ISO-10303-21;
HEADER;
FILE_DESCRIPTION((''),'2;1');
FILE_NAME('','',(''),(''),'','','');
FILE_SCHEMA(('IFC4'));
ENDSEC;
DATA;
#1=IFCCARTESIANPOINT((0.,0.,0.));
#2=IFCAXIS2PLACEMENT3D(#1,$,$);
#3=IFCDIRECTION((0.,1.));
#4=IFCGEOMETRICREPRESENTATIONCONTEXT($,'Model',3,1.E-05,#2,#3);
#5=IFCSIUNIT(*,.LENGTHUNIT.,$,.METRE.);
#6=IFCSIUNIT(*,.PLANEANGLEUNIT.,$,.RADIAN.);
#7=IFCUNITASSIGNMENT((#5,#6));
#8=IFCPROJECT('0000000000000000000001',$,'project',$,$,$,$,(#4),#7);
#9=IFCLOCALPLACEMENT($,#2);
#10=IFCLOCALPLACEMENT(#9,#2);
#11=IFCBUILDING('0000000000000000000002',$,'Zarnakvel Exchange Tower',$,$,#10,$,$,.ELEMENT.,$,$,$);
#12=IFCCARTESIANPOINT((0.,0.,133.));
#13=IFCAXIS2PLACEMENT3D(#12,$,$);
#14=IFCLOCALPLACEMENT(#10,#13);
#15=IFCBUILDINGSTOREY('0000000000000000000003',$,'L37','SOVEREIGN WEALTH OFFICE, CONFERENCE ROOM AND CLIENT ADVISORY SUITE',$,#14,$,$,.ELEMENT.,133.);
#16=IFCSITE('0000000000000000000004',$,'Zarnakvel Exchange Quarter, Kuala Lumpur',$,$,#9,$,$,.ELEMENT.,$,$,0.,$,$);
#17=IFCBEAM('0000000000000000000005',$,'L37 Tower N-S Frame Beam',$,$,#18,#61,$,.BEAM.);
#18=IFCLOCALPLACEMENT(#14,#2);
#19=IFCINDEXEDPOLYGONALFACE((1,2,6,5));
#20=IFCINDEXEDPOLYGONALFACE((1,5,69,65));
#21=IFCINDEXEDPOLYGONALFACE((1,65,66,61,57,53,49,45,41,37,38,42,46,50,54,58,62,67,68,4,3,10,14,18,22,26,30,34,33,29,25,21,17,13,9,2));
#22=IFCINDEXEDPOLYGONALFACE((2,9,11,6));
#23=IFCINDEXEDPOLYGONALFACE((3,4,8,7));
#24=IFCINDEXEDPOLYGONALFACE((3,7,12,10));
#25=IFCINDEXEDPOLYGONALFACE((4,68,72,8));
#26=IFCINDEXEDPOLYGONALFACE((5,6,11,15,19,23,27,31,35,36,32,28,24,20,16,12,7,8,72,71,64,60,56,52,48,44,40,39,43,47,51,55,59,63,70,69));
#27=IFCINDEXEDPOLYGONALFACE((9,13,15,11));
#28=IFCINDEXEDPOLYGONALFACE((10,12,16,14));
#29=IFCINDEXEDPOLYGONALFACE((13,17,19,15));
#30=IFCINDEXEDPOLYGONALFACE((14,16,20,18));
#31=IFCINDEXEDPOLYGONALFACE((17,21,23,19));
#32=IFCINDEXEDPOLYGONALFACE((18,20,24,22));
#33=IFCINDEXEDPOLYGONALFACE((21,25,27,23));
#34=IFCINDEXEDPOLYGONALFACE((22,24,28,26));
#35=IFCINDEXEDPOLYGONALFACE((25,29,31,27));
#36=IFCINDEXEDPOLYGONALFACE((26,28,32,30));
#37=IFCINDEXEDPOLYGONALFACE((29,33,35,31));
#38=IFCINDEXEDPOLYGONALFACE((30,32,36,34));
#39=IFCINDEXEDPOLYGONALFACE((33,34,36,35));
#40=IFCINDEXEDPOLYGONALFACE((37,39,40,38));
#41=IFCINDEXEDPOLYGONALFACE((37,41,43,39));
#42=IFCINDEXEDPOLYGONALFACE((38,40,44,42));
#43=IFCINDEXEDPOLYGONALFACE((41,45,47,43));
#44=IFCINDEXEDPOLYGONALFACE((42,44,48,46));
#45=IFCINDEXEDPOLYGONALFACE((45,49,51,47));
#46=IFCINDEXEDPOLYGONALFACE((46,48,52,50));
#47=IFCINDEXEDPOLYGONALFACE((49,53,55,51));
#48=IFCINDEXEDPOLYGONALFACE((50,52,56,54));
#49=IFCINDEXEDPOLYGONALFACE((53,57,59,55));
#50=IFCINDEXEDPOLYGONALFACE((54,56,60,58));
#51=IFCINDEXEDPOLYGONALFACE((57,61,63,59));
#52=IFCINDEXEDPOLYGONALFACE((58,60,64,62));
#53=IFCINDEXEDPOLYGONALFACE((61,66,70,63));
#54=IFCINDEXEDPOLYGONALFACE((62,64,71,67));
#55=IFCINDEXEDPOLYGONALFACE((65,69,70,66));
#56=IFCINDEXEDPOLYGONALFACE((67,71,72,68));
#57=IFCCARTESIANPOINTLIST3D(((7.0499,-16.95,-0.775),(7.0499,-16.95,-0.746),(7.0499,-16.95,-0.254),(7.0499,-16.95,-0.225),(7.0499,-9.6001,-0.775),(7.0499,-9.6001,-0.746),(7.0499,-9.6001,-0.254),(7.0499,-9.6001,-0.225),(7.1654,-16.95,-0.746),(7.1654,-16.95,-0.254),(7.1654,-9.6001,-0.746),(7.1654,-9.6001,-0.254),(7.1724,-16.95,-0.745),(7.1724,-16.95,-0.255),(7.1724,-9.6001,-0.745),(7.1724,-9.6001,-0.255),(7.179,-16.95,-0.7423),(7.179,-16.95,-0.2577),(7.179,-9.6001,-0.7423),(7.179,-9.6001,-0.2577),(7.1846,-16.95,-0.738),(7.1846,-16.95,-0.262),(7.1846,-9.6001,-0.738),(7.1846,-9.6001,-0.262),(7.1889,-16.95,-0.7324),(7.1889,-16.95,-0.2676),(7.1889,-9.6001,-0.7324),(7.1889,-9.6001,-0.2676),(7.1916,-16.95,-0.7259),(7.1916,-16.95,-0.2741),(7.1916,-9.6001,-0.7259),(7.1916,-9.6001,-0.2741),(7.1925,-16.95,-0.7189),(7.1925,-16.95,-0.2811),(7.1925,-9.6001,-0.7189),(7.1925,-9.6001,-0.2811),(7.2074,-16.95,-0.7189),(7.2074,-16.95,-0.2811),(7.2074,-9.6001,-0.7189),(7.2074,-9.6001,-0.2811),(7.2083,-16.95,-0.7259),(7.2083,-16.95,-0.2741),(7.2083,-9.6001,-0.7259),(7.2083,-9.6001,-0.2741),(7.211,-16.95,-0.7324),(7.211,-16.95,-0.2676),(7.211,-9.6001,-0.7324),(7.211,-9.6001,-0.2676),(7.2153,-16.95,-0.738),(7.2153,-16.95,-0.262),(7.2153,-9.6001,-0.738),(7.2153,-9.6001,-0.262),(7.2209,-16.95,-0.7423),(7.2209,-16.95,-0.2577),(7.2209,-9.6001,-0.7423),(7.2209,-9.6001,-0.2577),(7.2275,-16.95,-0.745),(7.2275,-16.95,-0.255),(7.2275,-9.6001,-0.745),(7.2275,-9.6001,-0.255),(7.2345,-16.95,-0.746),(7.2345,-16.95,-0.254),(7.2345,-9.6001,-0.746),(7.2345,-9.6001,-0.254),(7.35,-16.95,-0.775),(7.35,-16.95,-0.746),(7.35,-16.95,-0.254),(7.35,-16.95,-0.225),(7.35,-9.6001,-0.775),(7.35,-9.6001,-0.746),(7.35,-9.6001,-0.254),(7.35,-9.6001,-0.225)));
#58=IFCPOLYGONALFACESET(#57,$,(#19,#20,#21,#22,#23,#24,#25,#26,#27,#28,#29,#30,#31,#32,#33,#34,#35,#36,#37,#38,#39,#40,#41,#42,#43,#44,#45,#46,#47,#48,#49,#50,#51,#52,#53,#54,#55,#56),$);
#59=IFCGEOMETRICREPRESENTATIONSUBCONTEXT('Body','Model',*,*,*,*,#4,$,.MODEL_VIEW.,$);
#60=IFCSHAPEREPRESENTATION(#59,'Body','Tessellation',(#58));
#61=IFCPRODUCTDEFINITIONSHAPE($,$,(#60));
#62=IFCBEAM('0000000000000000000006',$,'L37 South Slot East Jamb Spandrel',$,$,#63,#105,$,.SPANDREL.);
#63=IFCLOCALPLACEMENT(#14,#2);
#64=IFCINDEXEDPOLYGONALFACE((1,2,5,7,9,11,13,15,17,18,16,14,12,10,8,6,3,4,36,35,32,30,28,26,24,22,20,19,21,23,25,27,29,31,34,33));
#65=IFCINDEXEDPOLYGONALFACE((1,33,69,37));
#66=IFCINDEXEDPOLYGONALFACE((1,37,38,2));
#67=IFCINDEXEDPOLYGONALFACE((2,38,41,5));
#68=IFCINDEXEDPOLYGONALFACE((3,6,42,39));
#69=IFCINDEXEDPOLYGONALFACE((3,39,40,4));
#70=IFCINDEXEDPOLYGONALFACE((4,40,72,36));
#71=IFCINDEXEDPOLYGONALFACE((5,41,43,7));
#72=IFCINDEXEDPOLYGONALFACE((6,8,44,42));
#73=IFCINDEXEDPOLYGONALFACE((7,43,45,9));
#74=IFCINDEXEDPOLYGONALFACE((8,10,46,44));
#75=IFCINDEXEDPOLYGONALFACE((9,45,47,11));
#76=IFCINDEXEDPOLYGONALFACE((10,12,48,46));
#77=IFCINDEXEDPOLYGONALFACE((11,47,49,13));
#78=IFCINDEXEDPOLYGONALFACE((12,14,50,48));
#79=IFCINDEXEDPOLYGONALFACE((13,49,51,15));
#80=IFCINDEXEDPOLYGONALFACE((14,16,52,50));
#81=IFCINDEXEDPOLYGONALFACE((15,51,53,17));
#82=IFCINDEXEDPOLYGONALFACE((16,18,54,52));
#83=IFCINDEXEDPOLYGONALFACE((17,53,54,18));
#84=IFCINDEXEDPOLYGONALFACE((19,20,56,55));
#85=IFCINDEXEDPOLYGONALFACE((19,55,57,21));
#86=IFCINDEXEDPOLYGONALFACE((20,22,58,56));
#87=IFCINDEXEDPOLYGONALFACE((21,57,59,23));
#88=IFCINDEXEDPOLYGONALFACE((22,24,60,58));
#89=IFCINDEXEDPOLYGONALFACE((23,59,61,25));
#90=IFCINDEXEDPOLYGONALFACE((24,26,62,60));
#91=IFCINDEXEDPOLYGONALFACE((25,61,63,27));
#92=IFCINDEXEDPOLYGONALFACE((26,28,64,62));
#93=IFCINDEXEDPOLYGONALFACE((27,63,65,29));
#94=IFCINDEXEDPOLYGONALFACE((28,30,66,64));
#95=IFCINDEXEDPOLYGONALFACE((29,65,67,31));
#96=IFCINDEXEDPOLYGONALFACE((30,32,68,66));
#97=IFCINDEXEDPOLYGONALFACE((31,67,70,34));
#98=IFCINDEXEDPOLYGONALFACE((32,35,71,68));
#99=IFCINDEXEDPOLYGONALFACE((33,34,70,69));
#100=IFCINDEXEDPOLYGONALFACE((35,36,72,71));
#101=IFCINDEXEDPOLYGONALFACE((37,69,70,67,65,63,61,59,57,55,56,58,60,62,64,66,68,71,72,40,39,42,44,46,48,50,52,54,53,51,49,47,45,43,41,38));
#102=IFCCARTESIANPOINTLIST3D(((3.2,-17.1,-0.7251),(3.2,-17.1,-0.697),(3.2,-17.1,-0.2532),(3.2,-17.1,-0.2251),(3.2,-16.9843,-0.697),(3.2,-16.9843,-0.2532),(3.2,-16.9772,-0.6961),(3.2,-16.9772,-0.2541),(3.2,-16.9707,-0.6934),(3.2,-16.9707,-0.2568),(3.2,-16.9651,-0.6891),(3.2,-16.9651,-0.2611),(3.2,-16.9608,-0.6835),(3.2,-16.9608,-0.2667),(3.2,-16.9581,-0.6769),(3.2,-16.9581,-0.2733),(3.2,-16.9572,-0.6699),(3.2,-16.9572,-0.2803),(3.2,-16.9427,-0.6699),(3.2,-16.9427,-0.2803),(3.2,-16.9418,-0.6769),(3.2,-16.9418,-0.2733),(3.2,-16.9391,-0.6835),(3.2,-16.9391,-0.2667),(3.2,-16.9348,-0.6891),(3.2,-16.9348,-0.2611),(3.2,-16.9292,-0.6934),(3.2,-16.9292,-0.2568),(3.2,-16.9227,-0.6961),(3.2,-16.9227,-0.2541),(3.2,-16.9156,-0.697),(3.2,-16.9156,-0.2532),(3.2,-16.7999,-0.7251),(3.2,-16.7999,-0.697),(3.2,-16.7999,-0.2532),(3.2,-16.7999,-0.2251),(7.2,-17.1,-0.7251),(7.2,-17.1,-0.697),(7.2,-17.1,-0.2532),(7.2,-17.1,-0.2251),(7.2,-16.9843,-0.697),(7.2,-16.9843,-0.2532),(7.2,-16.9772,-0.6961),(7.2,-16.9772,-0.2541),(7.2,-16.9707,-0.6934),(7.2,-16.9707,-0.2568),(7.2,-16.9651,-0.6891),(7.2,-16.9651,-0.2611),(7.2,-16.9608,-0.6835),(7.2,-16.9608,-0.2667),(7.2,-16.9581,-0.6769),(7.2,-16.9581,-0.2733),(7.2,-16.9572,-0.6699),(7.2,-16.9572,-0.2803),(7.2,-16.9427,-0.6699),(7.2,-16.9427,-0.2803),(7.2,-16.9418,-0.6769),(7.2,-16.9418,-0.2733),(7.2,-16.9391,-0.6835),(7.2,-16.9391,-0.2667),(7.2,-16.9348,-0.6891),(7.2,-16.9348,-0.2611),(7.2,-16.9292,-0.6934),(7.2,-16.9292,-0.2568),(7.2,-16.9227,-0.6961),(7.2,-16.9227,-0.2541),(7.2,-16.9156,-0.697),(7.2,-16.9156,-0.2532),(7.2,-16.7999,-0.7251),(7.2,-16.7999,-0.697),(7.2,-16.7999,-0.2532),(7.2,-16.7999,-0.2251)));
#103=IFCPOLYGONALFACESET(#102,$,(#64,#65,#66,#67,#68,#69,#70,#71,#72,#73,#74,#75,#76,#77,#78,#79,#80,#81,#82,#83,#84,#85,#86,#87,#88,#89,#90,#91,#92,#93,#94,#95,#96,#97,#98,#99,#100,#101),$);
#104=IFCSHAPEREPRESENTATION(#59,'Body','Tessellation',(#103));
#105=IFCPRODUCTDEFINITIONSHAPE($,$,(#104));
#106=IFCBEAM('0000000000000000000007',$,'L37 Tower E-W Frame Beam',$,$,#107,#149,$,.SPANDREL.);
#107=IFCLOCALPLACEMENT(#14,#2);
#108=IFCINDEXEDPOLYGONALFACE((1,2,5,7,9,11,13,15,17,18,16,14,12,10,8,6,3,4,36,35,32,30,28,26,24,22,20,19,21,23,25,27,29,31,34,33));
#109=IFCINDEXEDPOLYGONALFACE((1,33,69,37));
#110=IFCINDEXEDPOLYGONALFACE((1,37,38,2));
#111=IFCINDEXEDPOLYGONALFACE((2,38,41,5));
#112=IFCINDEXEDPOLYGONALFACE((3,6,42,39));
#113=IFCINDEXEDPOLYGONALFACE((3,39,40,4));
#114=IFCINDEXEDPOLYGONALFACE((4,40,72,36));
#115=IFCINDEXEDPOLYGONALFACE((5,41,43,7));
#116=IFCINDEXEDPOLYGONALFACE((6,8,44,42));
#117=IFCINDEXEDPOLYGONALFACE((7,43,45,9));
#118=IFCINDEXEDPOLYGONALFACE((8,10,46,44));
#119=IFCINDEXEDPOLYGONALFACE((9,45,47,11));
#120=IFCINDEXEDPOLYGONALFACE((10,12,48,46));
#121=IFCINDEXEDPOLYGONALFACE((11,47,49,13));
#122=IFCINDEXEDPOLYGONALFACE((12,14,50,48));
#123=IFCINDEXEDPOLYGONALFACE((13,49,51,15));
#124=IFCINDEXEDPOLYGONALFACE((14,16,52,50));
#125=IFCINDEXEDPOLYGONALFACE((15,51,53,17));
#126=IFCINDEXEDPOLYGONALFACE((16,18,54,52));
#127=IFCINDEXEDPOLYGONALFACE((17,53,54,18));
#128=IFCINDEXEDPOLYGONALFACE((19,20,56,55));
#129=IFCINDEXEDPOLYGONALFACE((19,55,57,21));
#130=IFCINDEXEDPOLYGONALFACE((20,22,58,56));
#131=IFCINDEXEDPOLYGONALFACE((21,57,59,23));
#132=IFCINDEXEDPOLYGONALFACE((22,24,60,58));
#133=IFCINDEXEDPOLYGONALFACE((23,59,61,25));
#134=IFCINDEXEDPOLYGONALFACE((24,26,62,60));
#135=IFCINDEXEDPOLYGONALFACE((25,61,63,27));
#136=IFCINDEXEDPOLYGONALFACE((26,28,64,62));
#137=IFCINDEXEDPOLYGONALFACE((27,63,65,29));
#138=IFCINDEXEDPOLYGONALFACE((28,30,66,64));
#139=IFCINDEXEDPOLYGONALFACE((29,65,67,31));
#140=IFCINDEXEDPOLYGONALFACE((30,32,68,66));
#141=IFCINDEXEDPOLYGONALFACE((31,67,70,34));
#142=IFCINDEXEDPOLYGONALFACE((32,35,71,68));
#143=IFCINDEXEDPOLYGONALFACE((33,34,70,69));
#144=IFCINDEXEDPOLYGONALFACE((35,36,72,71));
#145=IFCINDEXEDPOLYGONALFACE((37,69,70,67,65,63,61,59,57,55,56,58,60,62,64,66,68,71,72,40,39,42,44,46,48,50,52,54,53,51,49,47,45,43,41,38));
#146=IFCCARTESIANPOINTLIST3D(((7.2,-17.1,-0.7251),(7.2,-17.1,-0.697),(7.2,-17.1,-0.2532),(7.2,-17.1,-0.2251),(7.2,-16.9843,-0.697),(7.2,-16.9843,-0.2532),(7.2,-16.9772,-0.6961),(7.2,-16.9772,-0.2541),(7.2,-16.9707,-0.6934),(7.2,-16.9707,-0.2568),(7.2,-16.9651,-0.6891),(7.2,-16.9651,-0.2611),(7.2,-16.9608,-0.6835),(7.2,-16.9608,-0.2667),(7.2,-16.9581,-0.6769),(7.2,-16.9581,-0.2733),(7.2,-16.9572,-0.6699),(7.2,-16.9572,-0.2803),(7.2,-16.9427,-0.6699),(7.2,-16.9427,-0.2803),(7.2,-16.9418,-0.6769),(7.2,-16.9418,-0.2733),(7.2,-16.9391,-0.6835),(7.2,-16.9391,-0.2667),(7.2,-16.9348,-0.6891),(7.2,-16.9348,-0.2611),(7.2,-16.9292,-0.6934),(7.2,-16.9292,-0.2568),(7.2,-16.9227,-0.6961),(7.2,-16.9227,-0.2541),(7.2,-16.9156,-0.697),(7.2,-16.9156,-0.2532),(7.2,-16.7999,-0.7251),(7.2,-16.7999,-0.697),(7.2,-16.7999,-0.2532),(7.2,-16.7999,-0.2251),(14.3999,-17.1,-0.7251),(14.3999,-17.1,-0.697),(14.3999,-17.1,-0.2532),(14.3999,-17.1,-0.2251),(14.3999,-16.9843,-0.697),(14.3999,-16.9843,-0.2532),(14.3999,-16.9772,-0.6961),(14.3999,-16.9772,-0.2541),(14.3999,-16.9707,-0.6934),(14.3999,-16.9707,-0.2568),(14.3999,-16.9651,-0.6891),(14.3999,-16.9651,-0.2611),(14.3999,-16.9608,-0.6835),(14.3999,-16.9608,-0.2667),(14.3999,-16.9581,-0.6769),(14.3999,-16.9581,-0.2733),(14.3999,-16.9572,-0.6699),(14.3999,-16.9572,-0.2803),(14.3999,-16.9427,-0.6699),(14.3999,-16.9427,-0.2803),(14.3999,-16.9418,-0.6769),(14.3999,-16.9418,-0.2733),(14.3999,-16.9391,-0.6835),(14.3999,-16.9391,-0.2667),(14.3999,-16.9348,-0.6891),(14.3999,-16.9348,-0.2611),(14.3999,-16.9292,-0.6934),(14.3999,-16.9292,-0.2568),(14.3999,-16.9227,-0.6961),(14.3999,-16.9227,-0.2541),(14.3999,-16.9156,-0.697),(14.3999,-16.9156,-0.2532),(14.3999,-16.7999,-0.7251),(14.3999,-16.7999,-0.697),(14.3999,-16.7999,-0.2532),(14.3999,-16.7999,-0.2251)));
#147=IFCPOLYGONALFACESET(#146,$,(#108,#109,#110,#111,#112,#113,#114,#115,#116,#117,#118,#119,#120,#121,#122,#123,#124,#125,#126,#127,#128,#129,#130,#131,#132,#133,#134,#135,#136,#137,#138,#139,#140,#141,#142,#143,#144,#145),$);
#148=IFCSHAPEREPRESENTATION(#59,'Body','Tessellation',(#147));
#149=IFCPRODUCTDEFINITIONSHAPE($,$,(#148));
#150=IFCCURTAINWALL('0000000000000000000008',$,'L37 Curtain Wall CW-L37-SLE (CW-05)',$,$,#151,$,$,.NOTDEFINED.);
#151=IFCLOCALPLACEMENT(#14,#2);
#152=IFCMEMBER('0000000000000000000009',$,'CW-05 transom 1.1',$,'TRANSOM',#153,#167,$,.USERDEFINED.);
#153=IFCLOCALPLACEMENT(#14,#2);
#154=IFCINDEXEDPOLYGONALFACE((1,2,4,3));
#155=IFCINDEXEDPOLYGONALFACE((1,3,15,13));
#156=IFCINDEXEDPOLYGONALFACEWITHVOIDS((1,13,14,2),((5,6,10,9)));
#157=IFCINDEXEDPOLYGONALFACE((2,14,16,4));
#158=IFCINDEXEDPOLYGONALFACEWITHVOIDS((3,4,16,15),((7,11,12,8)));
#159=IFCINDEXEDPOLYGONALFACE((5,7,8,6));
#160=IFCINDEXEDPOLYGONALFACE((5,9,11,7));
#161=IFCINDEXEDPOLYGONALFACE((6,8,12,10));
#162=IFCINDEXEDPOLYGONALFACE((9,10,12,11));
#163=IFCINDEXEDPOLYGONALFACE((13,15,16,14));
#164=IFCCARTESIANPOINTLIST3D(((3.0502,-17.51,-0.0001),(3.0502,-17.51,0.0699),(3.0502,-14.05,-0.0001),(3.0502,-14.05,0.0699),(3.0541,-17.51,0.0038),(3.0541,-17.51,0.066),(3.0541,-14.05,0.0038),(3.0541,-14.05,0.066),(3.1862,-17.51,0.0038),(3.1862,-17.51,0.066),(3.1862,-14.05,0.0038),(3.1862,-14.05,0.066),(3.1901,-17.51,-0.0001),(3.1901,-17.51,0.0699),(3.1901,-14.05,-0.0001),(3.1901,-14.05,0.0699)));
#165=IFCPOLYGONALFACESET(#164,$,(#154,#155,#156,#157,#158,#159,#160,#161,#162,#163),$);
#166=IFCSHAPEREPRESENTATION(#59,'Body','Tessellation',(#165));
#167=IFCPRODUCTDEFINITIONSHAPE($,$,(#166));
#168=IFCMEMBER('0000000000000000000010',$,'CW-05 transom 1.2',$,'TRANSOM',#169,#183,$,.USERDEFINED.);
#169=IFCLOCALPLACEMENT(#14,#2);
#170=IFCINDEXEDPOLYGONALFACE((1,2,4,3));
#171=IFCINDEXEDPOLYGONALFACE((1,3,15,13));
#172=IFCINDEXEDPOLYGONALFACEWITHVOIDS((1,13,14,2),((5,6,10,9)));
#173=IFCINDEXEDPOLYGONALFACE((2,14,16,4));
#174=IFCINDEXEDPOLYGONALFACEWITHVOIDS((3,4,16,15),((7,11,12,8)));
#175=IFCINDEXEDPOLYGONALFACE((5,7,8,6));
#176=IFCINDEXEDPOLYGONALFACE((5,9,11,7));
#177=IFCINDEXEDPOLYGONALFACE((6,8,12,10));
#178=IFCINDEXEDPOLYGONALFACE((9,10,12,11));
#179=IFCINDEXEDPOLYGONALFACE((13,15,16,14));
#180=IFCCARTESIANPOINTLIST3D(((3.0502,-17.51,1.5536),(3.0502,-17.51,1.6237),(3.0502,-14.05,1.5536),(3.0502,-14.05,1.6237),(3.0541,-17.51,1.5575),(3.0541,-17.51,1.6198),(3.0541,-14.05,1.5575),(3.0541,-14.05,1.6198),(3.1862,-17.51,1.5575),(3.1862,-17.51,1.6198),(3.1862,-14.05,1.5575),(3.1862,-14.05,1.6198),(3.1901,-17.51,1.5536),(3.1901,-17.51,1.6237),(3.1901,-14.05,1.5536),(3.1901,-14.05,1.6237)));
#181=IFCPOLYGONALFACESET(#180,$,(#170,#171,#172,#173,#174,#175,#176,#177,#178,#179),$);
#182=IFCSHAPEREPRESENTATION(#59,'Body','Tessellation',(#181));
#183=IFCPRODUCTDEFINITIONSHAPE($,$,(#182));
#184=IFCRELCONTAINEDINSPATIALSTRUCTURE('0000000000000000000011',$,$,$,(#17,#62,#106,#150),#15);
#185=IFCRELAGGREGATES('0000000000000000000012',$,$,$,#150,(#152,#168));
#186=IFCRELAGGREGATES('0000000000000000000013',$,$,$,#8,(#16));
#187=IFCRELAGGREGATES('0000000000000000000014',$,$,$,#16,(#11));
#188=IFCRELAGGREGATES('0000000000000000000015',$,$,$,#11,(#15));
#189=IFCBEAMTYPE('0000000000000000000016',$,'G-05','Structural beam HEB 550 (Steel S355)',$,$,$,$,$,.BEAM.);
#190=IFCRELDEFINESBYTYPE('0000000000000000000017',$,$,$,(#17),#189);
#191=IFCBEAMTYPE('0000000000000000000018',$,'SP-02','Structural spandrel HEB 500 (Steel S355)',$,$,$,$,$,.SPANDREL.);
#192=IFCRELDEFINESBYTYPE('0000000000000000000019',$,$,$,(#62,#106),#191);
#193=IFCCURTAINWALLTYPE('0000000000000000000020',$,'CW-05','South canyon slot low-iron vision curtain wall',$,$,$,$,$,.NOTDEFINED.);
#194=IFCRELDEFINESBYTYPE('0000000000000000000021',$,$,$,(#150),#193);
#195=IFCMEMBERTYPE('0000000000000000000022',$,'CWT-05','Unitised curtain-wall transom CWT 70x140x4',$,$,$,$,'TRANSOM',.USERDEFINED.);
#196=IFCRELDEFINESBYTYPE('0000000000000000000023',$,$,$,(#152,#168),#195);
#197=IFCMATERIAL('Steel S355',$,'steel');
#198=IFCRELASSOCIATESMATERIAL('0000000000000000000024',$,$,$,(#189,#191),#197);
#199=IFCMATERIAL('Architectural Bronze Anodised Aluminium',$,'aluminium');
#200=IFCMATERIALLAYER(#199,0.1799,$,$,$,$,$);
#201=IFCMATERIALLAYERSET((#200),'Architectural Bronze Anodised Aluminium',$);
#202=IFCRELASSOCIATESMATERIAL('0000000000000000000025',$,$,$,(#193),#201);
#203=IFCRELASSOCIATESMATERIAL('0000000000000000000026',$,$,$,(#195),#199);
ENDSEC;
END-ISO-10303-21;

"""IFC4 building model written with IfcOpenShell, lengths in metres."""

from ifc_helpers import new_model, si_unit, direction, frame, origin, origin_2d, place, context, subcontext, project, spatial, hollow_rectangle, i_section, extrude, source, transform, mapped, material, layer, layer_set, material_profile, profile_set, type_object, element, aggregate, save


model = new_model("IFC4")

# Units and contexts
model_context = context("Model", 3, precision=1e-05, world=origin(), true_north=direction((0.0, 1.0)))
body_context = subcontext(model_context, "Body", "Model", "MODEL_VIEW")
ifc_project = project(units=[si_unit("LENGTHUNIT", "METRE"), si_unit("PLANEANGLEUNIT", "RADIAN")], contexts=[model_context])

# Site, building, storey
site_placement = place(None, origin())
site = spatial("IfcSite", under=ifc_project, at=site_placement, Name="Zarnakvel Exchange Quarter, Kuala Lumpur", CompositionType="ELEMENT", RefElevation=0.0)
building_placement = place(site_placement, origin())
building = spatial("IfcBuilding", under=site, at=building_placement, Name="Zarnakvel Exchange Tower", CompositionType="ELEMENT")
storey_placement = place(building_placement, frame((0.0, 0.0, 133.0)))
storey = spatial("IfcBuildingStorey", under=building, at=storey_placement, Name="L37", Description="SOVEREIGN WEALTH OFFICE, CONFERENCE ROOM AND CLIENT ADVISORY SUITE", CompositionType="ELEMENT", Elevation=133.0)

# Beams
ifc_material_1 = material(Name="Steel S355", Category="steel")
ifc_material_profile_1 = material_profile(ifc_material_1, i_section(OverallWidth=0.3, OverallDepth=0.55, WebThickness=0.0149, FlangeThickness=0.0291, FilletRadius=0.0271, at=origin_2d()))
ifc_profile_set_1 = profile_set([ifc_material_profile_1], Name="Steel S355")
beam_type_1 = type_object("IfcBeamType", Name="G-05", Description="Structural beam HEB 550 (Steel S355)", PredefinedType="BEAM", material=ifc_profile_set_1)
beam_1_placement = place(storey_placement, frame((7.2, -16.95, -0.5), z_axis=(0.0, 1.0, 0.0), x_axis=(-1.0, 0.0, 0.0)))
element("IfcBeam", 1, at=beam_1_placement, inside=storey, type_object=beam_type_1, Name="L37 Tower N-S Frame Beam", PredefinedType="BEAM", context=body_context, shape_type="SweptSolid", body=[
    extrude(i_section(OverallWidth=0.3, OverallDepth=0.55, WebThickness=0.0149, FlangeThickness=0.0291, FilletRadius=0.0271, at=origin_2d()), origin(), (0.0, 0.0, 1.0), 7.3499),
])
ifc_material_profile_2 = material_profile(ifc_material_1, i_section(OverallWidth=0.3, OverallDepth=0.5, WebThickness=0.0144, FlangeThickness=0.0281, FilletRadius=0.0271, at=origin_2d()))
ifc_profile_set_2 = profile_set([ifc_material_profile_2], Name="Steel S355")
beam_type_2 = type_object("IfcBeamType", Name="SP-02", Description="Structural spandrel HEB 500 (Steel S355)", PredefinedType="SPANDREL", material=ifc_profile_set_2)
beam_2_placement = place(storey_placement, frame((3.2, -16.95, -0.4751), z_axis=(1.0, 0.0, 0.0), x_axis=(0.0, 1.0, 0.0)))
element("IfcBeam", 2, at=beam_2_placement, inside=storey, type_object=beam_type_2, Name="L37 South Slot East Jamb Spandrel", PredefinedType="SPANDREL", context=body_context, shape_type="SweptSolid", body=[
    extrude(i_section(OverallWidth=0.3, OverallDepth=0.5, WebThickness=0.0144, FlangeThickness=0.0281, FilletRadius=0.0271, at=origin_2d()), origin(), (0.0, 0.0, 1.0), 4.0),
])
beam_3_placement = place(storey_placement, frame((7.2, -16.95, -0.4751), z_axis=(1.0, 0.0, 0.0), x_axis=(0.0, 1.0, 0.0)))
element("IfcBeam", 3, at=beam_3_placement, inside=storey, type_object=beam_type_2, Name="L37 Tower E-W Frame Beam", PredefinedType="SPANDREL", context=body_context, shape_type="SweptSolid", body=[
    extrude(i_section(OverallWidth=0.3, OverallDepth=0.5, WebThickness=0.0144, FlangeThickness=0.0281, FilletRadius=0.0271, at=origin_2d()), origin(), (0.0, 0.0, 1.0), 7.2),
])

# Curtain wall, members
ifc_material_2 = material(Name="Architectural Bronze Anodised Aluminium", Category="aluminium")
ifc_layer_1 = layer(ifc_material_2, 0.1799)
ifc_layer_set_1 = layer_set([ifc_layer_1], Name="Architectural Bronze Anodised Aluminium")
curtain_wall_type = type_object("IfcCurtainWallType", Name="CW-05", Description="South canyon slot low-iron vision curtain wall", PredefinedType="NOTDEFINED", material=ifc_layer_set_1)
curtain_wall_1_placement = place(storey_placement, origin())
curtain_wall_1 = element("IfcCurtainWall", 4, at=curtain_wall_1_placement, inside=storey, type_object=curtain_wall_type, Name="L37 Curtain Wall CW-L37-SLE (CW-05)", PredefinedType="NOTDEFINED")
ifc_material_profile_3 = material_profile(ifc_material_2, hollow_rectangle(XDim=0.1399, YDim=0.0701, WallThickness=0.0039, at=origin_2d()))
ifc_profile_set_3 = profile_set([ifc_material_profile_3], Name="Architectural Bronze Anodised Aluminium")
member_type_1 = type_object("IfcMemberType", Name="CWT-05", Description="Unitised curtain-wall transom CWT 70x140x4", ElementType="TRANSOM", PredefinedType="USERDEFINED", material=ifc_profile_set_3)
shared_shape_1 = source(origin(), body_context, "Body", "SweptSolid", [
    extrude(hollow_rectangle(XDim=0.1399, YDim=0.0701, WallThickness=0.0039, at=origin_2d()), origin(), (0.0, 0.0, 1.0), 3.46),
])
member_1_placement = place(storey_placement, frame((3.1201, -14.05, 0.0349), z_axis=(0.0, -1.0, 0.0), x_axis=(1.0, 0.0, 0.0)))
member_1 = element("IfcMember", 5, at=member_1_placement, type_object=member_type_1, Name="CW-05 transom 1.1", ObjectType="TRANSOM", PredefinedType="USERDEFINED", context=body_context, shape_type="MappedRepresentation", body=[
    mapped(shared_shape_1, transform((0.0, 0.0, 0.0), x_axis=(1.0, 0.0, 0.0), y_axis=(0.0, 1.0, 0.0), z_axis=(0.0, 0.0, 1.0), scale=1.0)),
])
member_2_placement = place(storey_placement, frame((3.1201, -14.05, 1.5886), z_axis=(0.0, -1.0, 0.0), x_axis=(1.0, 0.0, 0.0)))
member_2 = element("IfcMember", 6, at=member_2_placement, type_object=member_type_1, Name="CW-05 transom 1.2", ObjectType="TRANSOM", PredefinedType="USERDEFINED", context=body_context, shape_type="MappedRepresentation", body=[
    mapped(shared_shape_1, transform((0.0, 0.0, 0.0), x_axis=(1.0, 0.0, 0.0), y_axis=(0.0, 1.0, 0.0), z_axis=(0.0, 0.0, 1.0), scale=1.0)),
])

aggregate(curtain_wall_1, [member_1, member_2])

save(model, "model.ifc")
